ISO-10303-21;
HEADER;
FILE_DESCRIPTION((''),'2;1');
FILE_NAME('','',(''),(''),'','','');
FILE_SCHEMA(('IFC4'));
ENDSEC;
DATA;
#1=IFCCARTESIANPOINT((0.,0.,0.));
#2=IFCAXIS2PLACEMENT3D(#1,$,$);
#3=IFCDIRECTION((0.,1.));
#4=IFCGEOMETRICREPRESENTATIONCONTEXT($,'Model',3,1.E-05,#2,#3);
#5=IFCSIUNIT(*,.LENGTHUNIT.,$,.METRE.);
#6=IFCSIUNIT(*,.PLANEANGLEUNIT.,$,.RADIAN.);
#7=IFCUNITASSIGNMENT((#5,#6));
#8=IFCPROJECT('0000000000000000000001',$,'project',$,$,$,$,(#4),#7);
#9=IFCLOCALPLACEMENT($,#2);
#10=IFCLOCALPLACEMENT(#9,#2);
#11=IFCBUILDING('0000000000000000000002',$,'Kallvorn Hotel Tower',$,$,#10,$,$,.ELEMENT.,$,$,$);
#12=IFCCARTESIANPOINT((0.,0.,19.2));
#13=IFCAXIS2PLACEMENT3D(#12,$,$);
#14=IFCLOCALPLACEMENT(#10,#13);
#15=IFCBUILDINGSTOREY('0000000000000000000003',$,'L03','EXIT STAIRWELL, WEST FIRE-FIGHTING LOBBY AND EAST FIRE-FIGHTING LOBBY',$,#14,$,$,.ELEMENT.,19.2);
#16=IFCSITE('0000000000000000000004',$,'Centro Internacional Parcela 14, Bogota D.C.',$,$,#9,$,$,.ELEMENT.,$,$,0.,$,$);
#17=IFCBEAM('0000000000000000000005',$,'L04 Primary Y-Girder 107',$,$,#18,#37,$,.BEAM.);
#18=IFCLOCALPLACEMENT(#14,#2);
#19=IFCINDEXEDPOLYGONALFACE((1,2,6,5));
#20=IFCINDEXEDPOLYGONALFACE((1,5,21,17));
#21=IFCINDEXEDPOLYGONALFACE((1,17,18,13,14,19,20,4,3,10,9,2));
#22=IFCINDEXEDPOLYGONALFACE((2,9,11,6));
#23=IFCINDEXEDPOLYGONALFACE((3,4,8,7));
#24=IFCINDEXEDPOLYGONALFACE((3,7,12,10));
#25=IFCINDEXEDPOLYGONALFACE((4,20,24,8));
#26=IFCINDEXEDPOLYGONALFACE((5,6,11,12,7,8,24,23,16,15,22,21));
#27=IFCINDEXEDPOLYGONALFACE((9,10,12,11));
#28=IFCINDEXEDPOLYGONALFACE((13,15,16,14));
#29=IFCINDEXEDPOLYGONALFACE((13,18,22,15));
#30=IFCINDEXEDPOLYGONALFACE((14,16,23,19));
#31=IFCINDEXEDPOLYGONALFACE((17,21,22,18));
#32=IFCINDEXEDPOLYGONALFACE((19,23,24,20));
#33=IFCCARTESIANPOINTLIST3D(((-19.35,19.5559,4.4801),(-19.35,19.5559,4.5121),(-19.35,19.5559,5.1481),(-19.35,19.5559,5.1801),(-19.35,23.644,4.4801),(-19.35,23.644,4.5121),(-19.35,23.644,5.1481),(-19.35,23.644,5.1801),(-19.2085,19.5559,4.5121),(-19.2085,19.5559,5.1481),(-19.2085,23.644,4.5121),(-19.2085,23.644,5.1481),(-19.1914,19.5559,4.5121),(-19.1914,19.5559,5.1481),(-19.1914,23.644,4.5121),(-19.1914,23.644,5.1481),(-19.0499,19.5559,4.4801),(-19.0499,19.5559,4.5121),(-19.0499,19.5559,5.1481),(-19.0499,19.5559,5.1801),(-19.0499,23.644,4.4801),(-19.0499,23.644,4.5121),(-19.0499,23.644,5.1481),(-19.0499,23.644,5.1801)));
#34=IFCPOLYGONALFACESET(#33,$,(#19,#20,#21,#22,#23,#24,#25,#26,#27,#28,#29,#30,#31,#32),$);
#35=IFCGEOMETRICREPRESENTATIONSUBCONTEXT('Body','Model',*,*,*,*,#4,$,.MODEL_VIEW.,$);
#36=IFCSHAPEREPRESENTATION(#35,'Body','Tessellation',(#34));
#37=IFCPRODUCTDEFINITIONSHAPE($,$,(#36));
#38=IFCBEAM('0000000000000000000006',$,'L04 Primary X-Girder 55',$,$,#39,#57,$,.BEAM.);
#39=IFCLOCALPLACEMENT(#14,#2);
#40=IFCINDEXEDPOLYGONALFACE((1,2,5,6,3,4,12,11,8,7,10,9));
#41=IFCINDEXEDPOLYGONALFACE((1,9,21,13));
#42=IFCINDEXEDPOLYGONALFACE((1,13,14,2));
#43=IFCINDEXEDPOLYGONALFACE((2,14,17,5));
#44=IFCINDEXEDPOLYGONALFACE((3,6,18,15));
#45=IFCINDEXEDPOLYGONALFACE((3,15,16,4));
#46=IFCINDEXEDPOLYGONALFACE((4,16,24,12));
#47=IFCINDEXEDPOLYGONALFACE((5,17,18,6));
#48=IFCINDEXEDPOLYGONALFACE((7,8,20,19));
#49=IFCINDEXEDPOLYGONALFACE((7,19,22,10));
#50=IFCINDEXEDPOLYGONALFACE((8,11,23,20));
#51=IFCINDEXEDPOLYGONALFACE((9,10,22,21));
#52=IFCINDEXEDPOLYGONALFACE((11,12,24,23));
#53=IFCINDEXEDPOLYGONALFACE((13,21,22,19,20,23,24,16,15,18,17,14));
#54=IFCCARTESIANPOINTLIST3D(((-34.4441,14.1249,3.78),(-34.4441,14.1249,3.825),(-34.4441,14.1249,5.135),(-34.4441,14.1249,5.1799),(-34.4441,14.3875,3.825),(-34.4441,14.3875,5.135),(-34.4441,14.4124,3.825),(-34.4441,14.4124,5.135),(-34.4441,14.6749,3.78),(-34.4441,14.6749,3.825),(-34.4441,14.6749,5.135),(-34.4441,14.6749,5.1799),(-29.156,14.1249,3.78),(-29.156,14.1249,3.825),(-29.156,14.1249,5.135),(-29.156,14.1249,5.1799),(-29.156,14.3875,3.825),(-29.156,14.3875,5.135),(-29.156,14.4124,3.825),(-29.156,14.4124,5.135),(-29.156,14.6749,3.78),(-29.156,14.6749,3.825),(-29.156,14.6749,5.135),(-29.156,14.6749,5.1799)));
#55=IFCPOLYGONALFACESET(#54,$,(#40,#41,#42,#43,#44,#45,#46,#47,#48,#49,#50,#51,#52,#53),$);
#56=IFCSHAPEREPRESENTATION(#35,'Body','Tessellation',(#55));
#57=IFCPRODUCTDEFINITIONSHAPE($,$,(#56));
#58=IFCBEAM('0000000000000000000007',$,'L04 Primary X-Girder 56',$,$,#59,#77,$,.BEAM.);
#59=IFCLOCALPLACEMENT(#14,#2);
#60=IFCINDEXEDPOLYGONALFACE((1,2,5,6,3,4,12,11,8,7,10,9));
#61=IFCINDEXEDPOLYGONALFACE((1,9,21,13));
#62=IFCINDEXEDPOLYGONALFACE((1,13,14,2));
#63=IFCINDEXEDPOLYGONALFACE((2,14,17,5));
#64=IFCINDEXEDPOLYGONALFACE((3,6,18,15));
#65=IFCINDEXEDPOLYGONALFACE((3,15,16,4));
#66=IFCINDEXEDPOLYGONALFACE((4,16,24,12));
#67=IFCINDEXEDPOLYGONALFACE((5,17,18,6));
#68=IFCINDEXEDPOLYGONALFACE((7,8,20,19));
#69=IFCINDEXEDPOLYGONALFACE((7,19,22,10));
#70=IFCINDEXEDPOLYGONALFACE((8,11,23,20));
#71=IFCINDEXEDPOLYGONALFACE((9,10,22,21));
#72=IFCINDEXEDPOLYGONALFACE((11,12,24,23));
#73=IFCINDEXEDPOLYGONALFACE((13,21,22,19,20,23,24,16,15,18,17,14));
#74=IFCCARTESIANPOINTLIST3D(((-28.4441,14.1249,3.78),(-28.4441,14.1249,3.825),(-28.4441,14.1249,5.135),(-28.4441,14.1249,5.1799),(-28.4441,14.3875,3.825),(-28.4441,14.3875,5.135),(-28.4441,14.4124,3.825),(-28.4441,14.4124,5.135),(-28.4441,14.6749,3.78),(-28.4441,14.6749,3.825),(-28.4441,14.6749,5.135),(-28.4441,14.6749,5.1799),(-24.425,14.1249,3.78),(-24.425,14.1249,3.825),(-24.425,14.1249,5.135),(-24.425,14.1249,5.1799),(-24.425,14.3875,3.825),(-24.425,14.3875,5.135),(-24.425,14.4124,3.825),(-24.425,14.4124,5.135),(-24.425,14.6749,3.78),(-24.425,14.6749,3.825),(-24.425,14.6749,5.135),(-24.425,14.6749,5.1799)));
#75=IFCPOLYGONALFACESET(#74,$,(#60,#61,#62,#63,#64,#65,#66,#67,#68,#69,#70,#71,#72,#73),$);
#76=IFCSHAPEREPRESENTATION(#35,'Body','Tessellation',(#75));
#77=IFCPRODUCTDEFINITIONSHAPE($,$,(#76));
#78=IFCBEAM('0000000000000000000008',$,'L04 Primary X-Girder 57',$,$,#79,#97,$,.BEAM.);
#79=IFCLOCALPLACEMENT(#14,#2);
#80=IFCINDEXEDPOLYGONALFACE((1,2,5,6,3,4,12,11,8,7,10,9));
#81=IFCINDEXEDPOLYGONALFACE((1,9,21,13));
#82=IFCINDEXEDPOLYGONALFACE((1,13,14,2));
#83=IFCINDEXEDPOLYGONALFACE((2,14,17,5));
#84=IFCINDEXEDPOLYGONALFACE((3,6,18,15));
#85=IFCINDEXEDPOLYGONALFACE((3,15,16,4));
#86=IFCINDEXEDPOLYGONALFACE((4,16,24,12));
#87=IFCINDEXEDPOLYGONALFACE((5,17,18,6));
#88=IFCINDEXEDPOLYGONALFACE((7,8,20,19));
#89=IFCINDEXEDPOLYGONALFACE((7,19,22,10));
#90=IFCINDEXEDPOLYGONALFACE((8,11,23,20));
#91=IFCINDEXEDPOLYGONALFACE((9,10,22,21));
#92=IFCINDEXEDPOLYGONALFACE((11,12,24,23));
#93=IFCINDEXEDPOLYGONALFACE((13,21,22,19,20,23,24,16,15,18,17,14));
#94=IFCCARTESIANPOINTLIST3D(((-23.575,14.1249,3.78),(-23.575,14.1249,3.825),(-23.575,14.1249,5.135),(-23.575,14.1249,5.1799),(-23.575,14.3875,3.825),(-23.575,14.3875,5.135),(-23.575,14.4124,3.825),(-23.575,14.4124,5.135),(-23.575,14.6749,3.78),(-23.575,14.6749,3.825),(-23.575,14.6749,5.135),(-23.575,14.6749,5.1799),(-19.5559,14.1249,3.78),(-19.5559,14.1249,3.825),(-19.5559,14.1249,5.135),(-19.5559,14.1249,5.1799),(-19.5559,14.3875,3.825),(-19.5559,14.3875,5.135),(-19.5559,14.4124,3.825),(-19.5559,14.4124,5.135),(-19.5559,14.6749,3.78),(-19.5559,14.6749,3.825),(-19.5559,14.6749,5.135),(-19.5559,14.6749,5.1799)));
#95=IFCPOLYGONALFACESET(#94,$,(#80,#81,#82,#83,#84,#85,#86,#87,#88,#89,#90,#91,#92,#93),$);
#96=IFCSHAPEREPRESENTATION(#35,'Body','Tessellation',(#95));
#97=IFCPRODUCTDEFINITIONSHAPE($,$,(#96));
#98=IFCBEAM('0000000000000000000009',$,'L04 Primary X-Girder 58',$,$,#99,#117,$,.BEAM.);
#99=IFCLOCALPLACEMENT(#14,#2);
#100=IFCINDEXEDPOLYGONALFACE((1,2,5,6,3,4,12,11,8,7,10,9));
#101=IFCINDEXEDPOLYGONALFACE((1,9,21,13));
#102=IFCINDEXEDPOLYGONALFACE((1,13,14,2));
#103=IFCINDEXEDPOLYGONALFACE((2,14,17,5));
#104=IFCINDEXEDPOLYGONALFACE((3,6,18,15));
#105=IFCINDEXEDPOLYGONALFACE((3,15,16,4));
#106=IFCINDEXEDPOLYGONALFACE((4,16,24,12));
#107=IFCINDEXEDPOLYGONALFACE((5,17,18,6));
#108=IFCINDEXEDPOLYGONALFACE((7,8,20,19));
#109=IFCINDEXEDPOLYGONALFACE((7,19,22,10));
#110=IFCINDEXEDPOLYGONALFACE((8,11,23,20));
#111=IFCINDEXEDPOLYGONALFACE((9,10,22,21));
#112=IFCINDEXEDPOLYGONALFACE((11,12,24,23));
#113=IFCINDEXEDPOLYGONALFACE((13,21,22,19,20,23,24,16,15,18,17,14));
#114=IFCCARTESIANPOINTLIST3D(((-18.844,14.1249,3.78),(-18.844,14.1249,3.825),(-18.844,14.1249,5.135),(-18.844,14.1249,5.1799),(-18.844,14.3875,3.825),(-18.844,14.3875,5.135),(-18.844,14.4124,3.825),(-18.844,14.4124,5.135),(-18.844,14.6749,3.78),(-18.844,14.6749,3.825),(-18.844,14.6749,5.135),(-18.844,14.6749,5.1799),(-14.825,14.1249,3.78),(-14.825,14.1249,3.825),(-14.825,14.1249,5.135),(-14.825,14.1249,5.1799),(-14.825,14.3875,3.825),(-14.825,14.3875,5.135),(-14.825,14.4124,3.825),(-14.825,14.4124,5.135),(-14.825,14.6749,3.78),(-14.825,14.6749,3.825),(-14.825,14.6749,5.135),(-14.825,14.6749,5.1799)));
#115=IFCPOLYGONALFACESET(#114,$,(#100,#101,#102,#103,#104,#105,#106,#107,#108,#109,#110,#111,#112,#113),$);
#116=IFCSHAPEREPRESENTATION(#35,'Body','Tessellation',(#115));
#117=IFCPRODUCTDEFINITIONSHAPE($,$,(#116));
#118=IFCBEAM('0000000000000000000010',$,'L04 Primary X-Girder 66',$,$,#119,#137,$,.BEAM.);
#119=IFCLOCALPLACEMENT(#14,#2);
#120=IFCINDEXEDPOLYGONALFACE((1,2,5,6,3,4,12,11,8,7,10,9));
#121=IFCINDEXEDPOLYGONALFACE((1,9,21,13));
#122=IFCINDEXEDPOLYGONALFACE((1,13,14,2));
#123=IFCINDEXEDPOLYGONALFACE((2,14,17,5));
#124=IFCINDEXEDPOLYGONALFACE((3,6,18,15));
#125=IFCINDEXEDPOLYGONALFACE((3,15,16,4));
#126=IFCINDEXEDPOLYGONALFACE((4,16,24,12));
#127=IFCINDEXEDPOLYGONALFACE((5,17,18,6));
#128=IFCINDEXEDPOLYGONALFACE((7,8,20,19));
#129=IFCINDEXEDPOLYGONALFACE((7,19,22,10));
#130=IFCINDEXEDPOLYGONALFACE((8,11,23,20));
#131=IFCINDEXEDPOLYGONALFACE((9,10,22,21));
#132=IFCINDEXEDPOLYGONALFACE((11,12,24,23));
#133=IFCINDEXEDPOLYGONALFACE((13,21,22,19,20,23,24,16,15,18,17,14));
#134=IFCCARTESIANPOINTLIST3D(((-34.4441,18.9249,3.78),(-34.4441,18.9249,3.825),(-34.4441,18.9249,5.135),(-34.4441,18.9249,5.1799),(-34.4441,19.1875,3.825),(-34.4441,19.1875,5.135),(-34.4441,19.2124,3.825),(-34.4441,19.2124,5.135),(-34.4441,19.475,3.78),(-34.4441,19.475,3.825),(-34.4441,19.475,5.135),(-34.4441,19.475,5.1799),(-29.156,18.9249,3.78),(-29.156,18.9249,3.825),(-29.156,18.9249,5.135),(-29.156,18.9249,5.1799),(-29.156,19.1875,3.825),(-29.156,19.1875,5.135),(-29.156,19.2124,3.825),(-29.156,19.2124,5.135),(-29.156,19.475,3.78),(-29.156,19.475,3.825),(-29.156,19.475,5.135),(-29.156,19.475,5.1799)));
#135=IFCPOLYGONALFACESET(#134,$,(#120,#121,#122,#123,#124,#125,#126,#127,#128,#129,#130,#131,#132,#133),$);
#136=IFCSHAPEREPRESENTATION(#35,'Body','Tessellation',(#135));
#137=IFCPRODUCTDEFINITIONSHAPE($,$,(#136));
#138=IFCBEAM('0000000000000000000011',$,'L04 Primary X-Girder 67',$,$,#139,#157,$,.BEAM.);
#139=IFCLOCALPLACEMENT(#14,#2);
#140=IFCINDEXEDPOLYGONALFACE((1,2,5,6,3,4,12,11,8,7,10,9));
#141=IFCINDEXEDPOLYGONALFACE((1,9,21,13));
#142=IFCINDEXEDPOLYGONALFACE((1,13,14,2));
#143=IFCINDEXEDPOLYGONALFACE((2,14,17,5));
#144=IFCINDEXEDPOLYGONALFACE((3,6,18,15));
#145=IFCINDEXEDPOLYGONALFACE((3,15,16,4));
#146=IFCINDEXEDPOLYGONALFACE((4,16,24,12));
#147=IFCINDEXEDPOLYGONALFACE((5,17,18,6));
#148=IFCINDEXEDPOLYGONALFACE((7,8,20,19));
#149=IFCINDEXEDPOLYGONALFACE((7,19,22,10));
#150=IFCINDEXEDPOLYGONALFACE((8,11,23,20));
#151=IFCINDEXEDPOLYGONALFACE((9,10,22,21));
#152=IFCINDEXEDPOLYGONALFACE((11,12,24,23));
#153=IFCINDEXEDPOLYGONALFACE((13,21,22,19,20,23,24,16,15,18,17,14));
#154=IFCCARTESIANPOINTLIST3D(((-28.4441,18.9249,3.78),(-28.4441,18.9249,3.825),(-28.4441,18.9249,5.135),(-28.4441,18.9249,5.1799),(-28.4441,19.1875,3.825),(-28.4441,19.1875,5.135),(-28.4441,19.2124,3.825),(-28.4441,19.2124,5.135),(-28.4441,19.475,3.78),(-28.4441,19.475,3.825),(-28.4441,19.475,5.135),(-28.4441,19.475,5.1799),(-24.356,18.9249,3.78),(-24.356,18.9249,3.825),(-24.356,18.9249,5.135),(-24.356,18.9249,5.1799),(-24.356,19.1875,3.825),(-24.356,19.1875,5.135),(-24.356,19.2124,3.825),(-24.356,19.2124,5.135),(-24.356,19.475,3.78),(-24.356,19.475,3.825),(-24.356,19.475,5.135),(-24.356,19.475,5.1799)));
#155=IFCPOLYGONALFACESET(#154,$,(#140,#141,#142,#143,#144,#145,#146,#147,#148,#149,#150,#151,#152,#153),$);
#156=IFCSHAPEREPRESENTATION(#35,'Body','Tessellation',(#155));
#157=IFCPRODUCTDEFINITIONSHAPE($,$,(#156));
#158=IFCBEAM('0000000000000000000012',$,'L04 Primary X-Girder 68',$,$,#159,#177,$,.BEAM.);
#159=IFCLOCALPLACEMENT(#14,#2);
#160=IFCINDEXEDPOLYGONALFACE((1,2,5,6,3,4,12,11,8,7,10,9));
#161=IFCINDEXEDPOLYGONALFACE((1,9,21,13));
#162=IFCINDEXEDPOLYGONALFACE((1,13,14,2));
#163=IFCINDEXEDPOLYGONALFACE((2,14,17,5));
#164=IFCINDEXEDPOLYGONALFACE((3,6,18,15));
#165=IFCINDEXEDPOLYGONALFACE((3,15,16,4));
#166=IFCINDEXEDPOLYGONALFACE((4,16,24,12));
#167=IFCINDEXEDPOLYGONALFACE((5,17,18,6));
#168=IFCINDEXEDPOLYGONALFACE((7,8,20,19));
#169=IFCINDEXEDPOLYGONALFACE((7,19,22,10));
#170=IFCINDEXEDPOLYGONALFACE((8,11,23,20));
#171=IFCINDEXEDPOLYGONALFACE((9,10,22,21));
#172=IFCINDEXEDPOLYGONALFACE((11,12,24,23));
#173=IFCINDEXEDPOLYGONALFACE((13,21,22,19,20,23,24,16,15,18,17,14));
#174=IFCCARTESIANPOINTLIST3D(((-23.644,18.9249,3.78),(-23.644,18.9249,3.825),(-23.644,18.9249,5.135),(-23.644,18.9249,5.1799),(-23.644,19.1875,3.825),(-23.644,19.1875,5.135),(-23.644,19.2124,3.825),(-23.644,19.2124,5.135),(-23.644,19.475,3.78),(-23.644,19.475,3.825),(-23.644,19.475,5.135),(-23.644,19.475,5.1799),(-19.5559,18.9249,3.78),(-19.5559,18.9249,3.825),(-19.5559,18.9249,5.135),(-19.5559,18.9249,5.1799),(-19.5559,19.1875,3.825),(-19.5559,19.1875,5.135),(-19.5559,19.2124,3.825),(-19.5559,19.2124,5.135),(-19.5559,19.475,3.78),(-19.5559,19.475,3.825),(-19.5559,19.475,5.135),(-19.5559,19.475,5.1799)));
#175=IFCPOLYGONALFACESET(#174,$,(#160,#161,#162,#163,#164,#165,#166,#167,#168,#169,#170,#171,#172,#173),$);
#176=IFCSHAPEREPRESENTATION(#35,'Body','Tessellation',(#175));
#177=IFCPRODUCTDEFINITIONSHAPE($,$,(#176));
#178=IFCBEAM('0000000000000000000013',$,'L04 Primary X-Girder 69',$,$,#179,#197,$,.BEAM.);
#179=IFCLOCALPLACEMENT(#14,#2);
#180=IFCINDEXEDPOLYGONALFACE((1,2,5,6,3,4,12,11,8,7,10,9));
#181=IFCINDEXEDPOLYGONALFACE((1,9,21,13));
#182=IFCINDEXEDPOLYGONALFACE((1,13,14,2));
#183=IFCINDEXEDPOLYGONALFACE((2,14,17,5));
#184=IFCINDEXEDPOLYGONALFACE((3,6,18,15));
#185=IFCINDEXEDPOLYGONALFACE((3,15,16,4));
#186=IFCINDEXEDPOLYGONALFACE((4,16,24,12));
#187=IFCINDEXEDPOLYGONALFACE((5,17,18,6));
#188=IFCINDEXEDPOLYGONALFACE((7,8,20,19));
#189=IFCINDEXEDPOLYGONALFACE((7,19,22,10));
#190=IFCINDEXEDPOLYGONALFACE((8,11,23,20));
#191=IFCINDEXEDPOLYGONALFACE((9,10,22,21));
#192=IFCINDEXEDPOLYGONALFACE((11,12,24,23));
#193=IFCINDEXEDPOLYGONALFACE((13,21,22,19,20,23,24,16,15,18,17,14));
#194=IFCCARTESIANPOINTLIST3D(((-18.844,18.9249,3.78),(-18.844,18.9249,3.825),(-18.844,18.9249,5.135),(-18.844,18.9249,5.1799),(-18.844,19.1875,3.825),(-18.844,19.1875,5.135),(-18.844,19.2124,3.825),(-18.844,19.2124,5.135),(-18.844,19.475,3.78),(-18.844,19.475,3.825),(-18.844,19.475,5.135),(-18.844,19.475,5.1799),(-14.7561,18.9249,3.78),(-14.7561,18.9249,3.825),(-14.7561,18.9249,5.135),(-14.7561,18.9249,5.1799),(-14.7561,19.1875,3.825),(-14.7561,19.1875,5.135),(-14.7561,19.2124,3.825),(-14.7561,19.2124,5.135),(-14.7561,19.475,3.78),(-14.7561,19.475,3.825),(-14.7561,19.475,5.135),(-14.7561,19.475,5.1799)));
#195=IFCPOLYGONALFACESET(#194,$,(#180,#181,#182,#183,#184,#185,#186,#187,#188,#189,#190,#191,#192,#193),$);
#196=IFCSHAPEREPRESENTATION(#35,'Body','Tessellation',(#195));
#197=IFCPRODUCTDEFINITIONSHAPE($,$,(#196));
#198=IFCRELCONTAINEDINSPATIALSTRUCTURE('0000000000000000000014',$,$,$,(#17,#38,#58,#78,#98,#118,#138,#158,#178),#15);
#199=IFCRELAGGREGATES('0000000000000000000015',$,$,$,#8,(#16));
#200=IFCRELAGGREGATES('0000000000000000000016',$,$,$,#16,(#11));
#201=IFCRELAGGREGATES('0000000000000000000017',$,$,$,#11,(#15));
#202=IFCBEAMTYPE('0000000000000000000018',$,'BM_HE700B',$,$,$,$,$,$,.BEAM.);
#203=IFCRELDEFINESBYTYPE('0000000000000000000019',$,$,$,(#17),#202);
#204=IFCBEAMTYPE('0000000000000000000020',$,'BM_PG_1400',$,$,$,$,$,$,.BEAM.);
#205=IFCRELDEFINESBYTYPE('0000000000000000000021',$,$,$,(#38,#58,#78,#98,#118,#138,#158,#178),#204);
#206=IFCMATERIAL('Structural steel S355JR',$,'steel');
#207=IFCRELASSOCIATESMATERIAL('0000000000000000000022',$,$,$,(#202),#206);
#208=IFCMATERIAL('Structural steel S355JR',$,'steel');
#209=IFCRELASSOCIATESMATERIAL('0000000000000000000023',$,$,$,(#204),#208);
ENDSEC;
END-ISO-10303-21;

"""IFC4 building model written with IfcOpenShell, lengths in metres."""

from ifc_helpers import new_model, si_unit, direction, frame, origin, origin_2d, place, context, subcontext, project, spatial, i_section, extrude, material, material_profile, profile_set, type_object, element, save


model = new_model("IFC4")

# Units and contexts
model_context = context("Model", 3, precision=1e-05, world=origin(), true_north=direction((0.0, 1.0)))
body_context = subcontext(model_context, "Body", "Model", "MODEL_VIEW")
ifc_project = project(units=[si_unit("LENGTHUNIT", "METRE"), si_unit("PLANEANGLEUNIT", "RADIAN")], contexts=[model_context])

# Site, building, storey
site_placement = place(None, origin())
site = spatial("IfcSite", under=ifc_project, at=site_placement, Name="Centro Internacional Parcela 14, Bogota D.C.", CompositionType="ELEMENT", RefElevation=0.0)
building_placement = place(site_placement, origin())
building = spatial("IfcBuilding", under=site, at=building_placement, Name="Kallvorn Hotel Tower", CompositionType="ELEMENT")
storey_placement = place(building_placement, frame((0.0, 0.0, 19.2)))
storey = spatial("IfcBuildingStorey", under=building, at=storey_placement, Name="L03", Description="EXIT STAIRWELL, WEST FIRE-FIGHTING LOBBY AND EAST FIRE-FIGHTING LOBBY", CompositionType="ELEMENT", Elevation=19.2)

# Beams
ifc_material_1 = material(Name="Structural steel S355JR", Category="steel")
ifc_material_profile_1 = material_profile(ifc_material_1, i_section(OverallWidth=0.3, OverallDepth=0.7, WebThickness=0.0171, FlangeThickness=0.032, at=origin_2d()), Name="HE 700 B")
ifc_profile_set_1 = profile_set([ifc_material_profile_1], Name="Structural steel S355JR")
beam_type_1 = type_object("IfcBeamType", Name="BM_HE700B", PredefinedType="BEAM", material=ifc_profile_set_1)
beam_1_placement = place(storey_placement, frame((-19.2, 19.5559, 4.8301), z_axis=(0.0, 1.0, 0.0), x_axis=(-1.0, 0.0, 0.0)))
element("IfcBeam", 1, at=beam_1_placement, inside=storey, type_object=beam_type_1, Name="L04 Primary Y-Girder 107", PredefinedType="BEAM", context=body_context, shape_type="SweptSolid", body=[
    extrude(i_section(OverallWidth=0.3, OverallDepth=0.7, WebThickness=0.0171, FlangeThickness=0.032, at=origin_2d()), origin(), (0.0, 0.0, 1.0), 4.0881),
])
ifc_material_2 = material(Name="Structural steel S355JR", Category="steel")
ifc_material_profile_2 = material_profile(ifc_material_2, i_section(OverallWidth=0.55, OverallDepth=1.3999, WebThickness=0.0249, FlangeThickness=0.0449, at=origin_2d()), Name="PG 1400x550x25x45")
ifc_profile_set_2 = profile_set([ifc_material_profile_2], Name="Structural steel S355JR")
beam_type_2 = type_object("IfcBeamType", Name="BM_PG_1400", PredefinedType="BEAM", material=ifc_profile_set_2)
beam_2_placement = place(storey_placement, frame((-34.4441, 14.3999, 4.48), z_axis=(1.0, 0.0, 0.0), x_axis=(0.0, 1.0, 0.0)))
element("IfcBeam", 2, at=beam_2_placement, inside=storey, type_object=beam_type_2, Name="L04 Primary X-Girder 55", PredefinedType="BEAM", context=body_context, shape_type="SweptSolid", body=[
    extrude(i_section(OverallWidth=0.55, OverallDepth=1.3999, WebThickness=0.0249, FlangeThickness=0.0449, at=origin_2d()), origin(), (0.0, 0.0, 1.0), 5.2881),
])
for number, where, z_axis, x_axis, name in (
    (3, (-28.4441, 14.3999, 4.48), (1.0, 0.0, 0.0), (0.0, 1.0, 0.0), "L04 Primary X-Girder 56"),
    (4, (-23.575, 14.3999, 4.48), (1.0, 0.0, 0.0), (0.0, 1.0, 0.0), "L04 Primary X-Girder 57"),
    (5, (-18.844, 14.3999, 4.48), (1.0, 0.0, 0.0), (0.0, 1.0, 0.0), "L04 Primary X-Girder 58"),
):
    element("IfcBeam", number, at=place(storey_placement, frame(where, z_axis=z_axis, x_axis=x_axis)), inside=storey, type_object=beam_type_2, Name=name, PredefinedType="BEAM", context=body_context, shape_type="SweptSolid", body=[
        extrude(i_section(OverallWidth=0.55, OverallDepth=1.3999, WebThickness=0.0249, FlangeThickness=0.0449, at=origin_2d()), origin(), (0.0, 0.0, 1.0), 4.019),
    ])
beam_3_placement = place(storey_placement, frame((-34.4441, 19.2, 4.48), z_axis=(1.0, 0.0, 0.0), x_axis=(0.0, 1.0, 0.0)))
element("IfcBeam", 6, at=beam_3_placement, inside=storey, type_object=beam_type_2, Name="L04 Primary X-Girder 66", PredefinedType="BEAM", context=body_context, shape_type="SweptSolid", body=[
    extrude(i_section(OverallWidth=0.55, OverallDepth=1.3999, WebThickness=0.0249, FlangeThickness=0.0449, at=origin_2d()), origin(), (0.0, 0.0, 1.0), 5.2881),
])
for number, where, z_axis, x_axis, name in (
    (7, (-28.4441, 19.2, 4.48), (1.0, 0.0, 0.0), (0.0, 1.0, 0.0), "L04 Primary X-Girder 67"),
    (8, (-23.644, 19.2, 4.48), (1.0, 0.0, 0.0), (0.0, 1.0, 0.0), "L04 Primary X-Girder 68"),
):
    element("IfcBeam", number, at=place(storey_placement, frame(where, z_axis=z_axis, x_axis=x_axis)), inside=storey, type_object=beam_type_2, Name=name, PredefinedType="BEAM", context=body_context, shape_type="SweptSolid", body=[
        extrude(i_section(OverallWidth=0.55, OverallDepth=1.3999, WebThickness=0.0249, FlangeThickness=0.0449, at=origin_2d()), origin(), (0.0, 0.0, 1.0), 4.0881),
    ])
beam_4_placement = place(storey_placement, frame((-18.844, 19.2, 4.48), z_axis=(1.0, 0.0, 0.0), x_axis=(0.0, 1.0, 0.0)))
element("IfcBeam", 9, at=beam_4_placement, inside=storey, type_object=beam_type_2, Name="L04 Primary X-Girder 69", PredefinedType="BEAM", context=body_context, shape_type="SweptSolid", body=[
    extrude(i_section(OverallWidth=0.55, OverallDepth=1.3999, WebThickness=0.0249, FlangeThickness=0.0449, at=origin_2d()), origin(), (0.0, 0.0, 1.0), 4.0879),
])

save(model, "model.ifc")
